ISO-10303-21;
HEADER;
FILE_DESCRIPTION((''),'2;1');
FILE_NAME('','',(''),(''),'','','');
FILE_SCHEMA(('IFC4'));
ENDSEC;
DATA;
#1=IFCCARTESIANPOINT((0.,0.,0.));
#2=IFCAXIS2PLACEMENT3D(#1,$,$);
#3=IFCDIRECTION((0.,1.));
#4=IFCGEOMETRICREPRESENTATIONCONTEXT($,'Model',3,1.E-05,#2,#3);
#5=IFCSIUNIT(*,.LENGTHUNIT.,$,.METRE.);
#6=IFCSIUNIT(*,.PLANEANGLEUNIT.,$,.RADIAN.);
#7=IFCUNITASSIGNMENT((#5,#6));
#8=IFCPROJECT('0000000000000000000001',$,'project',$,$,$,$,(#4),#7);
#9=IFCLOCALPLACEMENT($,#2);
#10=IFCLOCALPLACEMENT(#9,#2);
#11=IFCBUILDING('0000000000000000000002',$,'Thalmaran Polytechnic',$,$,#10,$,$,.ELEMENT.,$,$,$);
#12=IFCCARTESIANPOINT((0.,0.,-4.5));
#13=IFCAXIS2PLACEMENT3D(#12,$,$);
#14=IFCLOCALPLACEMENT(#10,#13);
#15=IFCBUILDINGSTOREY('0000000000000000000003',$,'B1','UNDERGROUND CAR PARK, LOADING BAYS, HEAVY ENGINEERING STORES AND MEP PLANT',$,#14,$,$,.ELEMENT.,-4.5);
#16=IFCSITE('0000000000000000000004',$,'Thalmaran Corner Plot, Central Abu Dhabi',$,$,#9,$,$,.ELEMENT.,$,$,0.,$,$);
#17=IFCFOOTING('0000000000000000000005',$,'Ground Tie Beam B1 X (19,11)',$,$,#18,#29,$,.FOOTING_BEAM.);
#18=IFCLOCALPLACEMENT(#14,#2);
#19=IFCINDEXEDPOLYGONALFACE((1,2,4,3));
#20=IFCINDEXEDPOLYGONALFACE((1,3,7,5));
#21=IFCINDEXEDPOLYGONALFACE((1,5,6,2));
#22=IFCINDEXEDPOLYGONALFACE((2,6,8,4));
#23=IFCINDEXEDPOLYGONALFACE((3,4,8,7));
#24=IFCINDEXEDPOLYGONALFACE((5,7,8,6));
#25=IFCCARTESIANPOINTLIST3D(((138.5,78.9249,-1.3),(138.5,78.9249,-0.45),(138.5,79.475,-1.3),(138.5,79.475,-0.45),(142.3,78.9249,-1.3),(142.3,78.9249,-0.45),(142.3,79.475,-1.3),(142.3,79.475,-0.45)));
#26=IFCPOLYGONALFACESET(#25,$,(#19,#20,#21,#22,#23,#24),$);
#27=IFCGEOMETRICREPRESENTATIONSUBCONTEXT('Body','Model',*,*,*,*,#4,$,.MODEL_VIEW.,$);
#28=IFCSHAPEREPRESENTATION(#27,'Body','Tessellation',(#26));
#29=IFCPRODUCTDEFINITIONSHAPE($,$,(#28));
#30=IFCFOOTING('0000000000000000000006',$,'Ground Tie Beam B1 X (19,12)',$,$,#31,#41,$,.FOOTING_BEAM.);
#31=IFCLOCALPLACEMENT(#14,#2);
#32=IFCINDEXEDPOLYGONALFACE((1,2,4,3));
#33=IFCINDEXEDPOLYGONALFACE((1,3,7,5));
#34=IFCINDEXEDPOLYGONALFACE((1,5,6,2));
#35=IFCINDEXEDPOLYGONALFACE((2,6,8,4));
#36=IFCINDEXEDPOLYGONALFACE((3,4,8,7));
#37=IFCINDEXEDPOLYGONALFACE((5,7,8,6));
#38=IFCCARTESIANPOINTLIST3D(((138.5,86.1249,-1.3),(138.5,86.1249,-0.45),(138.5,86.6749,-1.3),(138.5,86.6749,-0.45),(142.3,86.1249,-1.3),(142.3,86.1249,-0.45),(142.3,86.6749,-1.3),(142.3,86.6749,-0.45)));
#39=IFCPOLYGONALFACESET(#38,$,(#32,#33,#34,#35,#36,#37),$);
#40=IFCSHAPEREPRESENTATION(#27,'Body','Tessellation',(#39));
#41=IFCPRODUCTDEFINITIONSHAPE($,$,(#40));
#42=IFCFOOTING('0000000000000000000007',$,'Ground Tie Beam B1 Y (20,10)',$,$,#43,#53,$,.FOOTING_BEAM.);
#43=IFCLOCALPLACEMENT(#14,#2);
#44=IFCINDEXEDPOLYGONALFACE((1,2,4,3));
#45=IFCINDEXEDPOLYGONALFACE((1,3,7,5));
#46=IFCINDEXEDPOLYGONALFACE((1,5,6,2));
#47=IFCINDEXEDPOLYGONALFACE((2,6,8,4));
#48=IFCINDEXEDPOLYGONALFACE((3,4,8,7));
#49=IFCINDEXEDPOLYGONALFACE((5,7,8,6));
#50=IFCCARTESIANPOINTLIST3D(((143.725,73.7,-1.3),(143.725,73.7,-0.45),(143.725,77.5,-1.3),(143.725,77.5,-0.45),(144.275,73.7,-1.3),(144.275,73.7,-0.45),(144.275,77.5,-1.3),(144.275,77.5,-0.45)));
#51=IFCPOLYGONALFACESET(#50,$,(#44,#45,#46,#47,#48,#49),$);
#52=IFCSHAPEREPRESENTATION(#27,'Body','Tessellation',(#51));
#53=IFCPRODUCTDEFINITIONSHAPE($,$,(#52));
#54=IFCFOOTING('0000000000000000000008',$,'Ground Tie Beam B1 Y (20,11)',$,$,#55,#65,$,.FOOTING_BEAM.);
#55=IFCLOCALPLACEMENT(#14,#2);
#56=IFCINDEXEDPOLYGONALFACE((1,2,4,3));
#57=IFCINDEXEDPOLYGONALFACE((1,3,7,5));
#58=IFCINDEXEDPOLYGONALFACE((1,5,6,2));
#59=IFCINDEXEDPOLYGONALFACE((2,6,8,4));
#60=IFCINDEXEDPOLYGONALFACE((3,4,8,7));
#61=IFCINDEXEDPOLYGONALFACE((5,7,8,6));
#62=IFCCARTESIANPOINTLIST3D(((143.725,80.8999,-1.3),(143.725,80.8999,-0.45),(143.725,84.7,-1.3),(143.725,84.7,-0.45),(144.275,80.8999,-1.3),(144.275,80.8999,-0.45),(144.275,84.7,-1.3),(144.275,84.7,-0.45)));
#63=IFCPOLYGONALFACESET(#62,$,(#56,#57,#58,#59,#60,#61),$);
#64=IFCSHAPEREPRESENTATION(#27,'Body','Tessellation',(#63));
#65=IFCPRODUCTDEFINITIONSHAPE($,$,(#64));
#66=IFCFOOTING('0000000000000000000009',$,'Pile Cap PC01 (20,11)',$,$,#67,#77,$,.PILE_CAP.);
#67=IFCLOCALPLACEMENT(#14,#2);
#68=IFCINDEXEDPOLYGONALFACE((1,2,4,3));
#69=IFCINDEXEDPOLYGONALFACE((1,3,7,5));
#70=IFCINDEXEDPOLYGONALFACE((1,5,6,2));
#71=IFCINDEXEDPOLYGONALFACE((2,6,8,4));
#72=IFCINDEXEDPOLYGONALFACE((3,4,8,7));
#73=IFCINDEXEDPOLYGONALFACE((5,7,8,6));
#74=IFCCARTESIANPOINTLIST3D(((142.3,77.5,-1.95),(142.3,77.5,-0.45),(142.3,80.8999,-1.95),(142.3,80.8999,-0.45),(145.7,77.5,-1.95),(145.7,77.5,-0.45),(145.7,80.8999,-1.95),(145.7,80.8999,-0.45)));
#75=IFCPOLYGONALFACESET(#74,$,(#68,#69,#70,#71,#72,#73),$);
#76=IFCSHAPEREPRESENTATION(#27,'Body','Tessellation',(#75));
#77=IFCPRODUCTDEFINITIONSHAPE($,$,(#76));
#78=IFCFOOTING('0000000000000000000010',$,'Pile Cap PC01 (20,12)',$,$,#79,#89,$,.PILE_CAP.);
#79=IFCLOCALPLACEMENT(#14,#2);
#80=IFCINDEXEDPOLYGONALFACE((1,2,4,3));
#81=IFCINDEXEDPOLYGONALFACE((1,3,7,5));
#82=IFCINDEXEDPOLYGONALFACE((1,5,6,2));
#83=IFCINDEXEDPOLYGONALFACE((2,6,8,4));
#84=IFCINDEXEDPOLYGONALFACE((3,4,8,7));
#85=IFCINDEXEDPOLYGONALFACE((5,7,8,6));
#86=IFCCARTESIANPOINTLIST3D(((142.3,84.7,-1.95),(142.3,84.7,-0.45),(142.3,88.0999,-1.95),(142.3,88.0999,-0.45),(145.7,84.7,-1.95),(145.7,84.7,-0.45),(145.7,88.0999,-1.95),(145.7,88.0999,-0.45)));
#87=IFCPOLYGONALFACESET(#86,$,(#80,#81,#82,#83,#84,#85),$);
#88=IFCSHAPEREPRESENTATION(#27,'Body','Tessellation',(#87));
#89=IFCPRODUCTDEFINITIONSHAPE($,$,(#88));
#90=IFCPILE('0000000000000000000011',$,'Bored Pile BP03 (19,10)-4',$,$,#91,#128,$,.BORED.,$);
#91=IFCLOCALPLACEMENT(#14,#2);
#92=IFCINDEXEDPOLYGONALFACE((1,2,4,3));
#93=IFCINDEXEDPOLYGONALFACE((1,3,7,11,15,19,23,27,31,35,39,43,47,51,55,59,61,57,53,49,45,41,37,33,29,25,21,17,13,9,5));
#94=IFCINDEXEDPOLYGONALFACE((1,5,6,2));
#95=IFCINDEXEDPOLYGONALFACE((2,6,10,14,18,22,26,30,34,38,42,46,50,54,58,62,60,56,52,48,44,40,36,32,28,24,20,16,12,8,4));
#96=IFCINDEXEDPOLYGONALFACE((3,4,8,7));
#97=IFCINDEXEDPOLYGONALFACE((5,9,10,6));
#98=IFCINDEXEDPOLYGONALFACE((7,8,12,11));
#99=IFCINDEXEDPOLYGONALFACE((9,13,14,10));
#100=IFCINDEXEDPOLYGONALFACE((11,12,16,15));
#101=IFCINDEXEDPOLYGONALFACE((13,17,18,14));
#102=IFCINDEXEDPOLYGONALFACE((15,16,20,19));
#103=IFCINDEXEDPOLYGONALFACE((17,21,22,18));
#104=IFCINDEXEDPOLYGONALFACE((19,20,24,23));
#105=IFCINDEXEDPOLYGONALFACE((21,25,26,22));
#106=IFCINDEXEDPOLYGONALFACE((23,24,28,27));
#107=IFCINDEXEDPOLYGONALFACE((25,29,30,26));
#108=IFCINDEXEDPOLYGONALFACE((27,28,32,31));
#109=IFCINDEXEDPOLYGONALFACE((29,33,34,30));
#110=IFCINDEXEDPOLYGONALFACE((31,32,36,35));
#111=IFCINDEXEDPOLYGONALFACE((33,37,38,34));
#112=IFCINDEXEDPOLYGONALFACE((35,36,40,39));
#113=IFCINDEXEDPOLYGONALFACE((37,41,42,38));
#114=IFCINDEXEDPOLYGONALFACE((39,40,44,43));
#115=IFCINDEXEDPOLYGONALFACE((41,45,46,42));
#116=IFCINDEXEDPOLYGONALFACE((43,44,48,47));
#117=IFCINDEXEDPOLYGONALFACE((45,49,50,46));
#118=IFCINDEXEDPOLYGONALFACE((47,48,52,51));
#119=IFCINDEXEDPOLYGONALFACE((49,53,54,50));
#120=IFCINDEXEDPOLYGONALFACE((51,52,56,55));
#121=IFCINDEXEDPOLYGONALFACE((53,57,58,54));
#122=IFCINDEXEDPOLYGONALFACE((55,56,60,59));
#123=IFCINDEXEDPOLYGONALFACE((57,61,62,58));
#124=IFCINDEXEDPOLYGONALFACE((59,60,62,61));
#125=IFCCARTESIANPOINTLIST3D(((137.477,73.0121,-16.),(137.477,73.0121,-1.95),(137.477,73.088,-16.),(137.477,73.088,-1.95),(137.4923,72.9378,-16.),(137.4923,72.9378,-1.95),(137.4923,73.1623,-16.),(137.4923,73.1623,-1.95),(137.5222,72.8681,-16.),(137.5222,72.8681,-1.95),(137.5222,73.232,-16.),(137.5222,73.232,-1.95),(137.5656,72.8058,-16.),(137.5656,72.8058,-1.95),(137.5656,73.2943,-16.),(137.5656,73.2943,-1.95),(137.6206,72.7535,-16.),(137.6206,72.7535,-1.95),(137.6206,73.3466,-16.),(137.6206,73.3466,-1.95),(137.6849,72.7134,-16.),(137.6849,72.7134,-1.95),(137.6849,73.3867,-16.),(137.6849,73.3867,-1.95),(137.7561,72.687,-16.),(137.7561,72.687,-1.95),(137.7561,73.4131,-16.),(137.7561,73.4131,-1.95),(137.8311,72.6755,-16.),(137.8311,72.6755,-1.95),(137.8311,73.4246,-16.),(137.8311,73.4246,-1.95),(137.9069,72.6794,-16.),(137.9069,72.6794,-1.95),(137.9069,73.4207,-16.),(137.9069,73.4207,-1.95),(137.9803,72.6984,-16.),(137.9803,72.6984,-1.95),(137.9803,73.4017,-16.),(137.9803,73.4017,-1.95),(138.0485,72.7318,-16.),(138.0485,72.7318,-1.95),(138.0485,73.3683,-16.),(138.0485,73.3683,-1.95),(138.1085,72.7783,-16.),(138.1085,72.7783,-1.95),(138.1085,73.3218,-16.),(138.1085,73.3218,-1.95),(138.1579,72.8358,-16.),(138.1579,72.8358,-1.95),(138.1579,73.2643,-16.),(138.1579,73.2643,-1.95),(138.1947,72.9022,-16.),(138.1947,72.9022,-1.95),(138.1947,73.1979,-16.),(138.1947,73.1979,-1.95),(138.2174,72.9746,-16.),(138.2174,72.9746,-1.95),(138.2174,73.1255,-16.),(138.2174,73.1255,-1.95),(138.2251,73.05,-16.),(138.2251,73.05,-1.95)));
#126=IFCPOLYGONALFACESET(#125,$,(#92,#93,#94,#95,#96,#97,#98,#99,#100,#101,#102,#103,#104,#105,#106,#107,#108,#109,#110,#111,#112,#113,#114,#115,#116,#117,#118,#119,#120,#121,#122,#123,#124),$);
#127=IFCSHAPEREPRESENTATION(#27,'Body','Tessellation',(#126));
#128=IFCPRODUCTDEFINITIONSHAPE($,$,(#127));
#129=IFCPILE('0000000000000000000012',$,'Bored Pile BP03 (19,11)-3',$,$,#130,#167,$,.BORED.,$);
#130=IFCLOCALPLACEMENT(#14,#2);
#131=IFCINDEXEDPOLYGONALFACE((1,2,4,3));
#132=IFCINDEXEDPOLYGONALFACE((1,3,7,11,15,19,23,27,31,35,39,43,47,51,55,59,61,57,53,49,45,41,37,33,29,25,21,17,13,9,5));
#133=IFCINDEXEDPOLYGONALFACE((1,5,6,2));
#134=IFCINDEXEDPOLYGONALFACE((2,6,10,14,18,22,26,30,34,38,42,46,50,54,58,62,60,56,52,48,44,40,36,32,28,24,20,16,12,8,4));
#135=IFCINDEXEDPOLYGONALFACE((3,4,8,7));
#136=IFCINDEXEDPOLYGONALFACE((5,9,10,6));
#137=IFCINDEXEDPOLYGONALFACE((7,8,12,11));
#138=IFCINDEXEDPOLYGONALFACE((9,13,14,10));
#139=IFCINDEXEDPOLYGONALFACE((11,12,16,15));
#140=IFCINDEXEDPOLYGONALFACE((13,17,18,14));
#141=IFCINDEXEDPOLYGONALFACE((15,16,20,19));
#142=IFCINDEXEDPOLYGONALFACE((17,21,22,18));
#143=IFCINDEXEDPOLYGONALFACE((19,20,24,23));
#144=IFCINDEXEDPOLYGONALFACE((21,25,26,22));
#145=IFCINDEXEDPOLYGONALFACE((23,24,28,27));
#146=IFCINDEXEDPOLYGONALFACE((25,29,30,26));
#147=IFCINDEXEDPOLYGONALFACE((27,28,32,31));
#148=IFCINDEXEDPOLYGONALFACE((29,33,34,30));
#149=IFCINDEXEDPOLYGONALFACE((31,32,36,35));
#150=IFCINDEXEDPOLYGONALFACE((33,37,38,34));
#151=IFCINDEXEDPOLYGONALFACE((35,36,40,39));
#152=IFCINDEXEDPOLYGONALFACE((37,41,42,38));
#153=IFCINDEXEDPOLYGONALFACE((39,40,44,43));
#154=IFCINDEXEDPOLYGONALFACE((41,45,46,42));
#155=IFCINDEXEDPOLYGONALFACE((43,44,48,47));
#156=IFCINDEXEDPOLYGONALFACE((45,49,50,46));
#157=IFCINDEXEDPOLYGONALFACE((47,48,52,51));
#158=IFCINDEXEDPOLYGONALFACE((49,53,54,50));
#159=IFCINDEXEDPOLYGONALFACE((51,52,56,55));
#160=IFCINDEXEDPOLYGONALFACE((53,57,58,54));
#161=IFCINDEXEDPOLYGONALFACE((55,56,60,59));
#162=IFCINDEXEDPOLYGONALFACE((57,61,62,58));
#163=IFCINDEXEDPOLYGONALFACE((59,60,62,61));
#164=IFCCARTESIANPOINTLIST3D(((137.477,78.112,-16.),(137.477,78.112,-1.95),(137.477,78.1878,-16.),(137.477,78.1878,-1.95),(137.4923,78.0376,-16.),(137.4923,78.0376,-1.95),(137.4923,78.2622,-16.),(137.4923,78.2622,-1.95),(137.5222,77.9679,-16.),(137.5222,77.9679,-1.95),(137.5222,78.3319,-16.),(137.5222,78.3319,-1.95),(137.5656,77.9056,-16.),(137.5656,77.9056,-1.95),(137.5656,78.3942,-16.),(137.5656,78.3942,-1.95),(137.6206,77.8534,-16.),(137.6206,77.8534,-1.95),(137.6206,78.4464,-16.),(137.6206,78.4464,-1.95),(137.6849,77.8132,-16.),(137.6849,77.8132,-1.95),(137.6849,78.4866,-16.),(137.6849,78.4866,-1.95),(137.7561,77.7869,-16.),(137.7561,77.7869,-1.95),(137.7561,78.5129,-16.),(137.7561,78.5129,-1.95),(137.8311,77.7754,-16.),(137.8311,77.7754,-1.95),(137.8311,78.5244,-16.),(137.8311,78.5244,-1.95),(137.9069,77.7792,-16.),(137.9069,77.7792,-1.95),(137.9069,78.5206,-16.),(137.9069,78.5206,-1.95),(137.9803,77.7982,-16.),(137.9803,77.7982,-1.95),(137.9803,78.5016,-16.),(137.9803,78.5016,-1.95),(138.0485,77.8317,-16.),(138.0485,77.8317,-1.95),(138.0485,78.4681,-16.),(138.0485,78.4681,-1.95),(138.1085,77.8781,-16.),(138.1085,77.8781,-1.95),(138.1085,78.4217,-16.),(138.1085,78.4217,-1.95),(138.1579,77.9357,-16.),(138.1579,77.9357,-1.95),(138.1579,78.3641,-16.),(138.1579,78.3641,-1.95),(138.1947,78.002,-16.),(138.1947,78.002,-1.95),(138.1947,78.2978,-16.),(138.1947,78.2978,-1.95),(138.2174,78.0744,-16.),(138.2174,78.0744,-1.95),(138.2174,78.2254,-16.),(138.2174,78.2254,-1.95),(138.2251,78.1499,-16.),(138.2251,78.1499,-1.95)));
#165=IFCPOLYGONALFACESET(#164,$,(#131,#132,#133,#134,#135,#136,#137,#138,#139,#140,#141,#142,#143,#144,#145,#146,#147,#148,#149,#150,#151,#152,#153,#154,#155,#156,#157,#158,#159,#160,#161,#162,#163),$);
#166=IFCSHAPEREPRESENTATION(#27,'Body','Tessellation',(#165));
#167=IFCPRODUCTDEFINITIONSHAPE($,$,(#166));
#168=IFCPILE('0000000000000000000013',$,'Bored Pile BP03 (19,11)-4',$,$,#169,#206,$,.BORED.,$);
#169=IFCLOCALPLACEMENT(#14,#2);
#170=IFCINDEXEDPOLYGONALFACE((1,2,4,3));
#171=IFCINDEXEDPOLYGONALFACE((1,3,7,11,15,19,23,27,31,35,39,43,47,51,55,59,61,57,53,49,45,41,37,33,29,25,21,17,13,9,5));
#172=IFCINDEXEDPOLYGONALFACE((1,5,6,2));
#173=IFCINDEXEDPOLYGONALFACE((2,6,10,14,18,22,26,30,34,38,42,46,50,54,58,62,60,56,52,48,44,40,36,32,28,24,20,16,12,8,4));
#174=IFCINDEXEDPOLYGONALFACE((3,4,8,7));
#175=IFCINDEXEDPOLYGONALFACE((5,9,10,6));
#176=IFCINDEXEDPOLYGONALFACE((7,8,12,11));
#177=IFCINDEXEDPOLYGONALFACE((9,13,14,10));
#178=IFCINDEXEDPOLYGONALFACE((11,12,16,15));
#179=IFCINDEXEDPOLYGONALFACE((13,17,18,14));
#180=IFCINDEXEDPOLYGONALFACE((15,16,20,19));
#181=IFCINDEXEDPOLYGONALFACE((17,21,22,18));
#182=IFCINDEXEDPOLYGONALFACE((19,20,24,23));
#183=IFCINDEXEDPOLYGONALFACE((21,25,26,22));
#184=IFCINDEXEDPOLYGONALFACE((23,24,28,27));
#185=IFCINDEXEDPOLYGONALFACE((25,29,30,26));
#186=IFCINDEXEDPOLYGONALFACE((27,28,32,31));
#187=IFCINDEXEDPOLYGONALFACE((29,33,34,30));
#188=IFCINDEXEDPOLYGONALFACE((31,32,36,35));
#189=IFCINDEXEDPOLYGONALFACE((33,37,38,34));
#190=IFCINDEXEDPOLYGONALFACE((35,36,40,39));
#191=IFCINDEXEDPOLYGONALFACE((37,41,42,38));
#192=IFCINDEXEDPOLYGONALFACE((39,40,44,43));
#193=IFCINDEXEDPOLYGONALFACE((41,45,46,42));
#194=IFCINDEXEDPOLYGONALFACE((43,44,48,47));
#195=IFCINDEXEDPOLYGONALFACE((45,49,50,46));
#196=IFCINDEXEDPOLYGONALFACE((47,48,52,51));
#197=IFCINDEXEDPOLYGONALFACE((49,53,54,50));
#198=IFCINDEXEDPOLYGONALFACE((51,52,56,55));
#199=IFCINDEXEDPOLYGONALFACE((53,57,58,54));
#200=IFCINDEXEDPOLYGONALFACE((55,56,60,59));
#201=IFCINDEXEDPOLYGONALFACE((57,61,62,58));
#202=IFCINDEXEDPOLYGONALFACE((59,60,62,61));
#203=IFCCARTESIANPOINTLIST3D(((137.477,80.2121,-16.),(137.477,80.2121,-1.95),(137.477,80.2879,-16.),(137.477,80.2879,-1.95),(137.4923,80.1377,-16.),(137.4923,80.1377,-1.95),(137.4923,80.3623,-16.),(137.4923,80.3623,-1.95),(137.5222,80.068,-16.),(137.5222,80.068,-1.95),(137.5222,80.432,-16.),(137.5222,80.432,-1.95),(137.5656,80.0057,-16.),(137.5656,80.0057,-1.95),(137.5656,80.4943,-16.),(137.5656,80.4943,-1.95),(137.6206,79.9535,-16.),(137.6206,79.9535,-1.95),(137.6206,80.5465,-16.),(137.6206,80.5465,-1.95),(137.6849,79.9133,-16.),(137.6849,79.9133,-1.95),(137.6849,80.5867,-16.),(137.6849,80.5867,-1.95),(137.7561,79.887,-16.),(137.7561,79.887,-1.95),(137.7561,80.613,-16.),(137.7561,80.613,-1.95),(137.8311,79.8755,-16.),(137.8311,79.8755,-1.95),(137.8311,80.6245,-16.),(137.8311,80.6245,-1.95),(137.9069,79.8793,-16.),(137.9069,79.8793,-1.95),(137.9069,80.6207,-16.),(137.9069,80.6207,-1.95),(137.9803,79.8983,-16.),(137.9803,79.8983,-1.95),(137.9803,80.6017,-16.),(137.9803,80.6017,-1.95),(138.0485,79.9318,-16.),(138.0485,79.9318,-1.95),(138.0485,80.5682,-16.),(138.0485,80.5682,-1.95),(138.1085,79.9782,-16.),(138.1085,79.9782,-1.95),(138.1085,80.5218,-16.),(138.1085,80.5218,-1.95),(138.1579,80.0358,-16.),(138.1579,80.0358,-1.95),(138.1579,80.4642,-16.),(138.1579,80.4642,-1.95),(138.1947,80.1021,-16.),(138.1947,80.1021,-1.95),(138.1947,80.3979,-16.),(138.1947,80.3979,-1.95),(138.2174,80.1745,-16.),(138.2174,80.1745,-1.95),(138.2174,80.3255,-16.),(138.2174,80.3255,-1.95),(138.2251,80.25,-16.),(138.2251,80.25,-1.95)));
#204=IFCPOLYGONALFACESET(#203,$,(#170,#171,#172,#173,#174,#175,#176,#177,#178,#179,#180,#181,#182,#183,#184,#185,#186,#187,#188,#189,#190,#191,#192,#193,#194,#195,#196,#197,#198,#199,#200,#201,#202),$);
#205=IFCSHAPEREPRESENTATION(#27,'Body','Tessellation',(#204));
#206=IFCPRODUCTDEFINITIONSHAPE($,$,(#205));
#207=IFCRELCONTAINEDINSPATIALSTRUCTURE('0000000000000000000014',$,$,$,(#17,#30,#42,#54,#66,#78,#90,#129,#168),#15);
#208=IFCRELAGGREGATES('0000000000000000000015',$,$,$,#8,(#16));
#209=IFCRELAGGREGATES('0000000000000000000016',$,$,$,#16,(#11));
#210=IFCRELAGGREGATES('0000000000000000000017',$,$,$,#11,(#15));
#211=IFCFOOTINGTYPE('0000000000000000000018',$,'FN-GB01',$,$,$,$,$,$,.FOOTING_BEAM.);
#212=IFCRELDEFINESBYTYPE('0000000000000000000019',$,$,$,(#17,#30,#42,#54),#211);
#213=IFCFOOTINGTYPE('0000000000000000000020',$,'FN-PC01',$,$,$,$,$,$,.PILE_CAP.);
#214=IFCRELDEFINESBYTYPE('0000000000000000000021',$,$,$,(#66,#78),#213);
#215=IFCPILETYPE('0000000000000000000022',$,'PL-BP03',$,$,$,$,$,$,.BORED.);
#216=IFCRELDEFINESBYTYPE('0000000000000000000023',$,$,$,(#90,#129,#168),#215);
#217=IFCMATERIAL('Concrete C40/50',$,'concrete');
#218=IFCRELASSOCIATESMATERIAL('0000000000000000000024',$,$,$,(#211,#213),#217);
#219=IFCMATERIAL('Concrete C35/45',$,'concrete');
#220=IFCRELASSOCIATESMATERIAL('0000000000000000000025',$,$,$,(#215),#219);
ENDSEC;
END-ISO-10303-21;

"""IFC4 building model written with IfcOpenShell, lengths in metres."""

from ifc_helpers import new_model, si_unit, direction, frame, origin, origin_2d, place, context, subcontext, project, spatial, rectangle, circle, extrude, material, material_profile, profile_set, type_object, element, save


model = new_model("IFC4")

# Units and contexts
model_context = context("Model", 3, precision=1e-05, world=origin(), true_north=direction((0.0, 1.0)))
body_context = subcontext(model_context, "Body", "Model", "MODEL_VIEW")
ifc_project = project(units=[si_unit("LENGTHUNIT", "METRE"), si_unit("PLANEANGLEUNIT", "RADIAN")], contexts=[model_context])

# Site, building, storey
site_placement = place(None, origin())
site = spatial("IfcSite", under=ifc_project, at=site_placement, Name="Thalmaran Corner Plot, Central Abu Dhabi", CompositionType="ELEMENT", RefElevation=0.0)
building_placement = place(site_placement, origin())
building = spatial("IfcBuilding", under=site, at=building_placement, Name="Thalmaran Polytechnic", CompositionType="ELEMENT")
storey_placement = place(building_placement, frame((0.0, 0.0, -4.5)))
storey = spatial("IfcBuildingStorey", under=building, at=storey_placement, Name="B1", Description="UNDERGROUND CAR PARK, LOADING BAYS, HEAVY ENGINEERING STORES AND MEP PLANT", CompositionType="ELEMENT", Elevation=-4.5)

# Footings
ifc_material_1 = material(Name="Concrete C40/50", Category="concrete")
ifc_material_profile_1 = material_profile(ifc_material_1, rectangle(XDim=0.55, YDim=0.8501, at=origin_2d()), Name="RC 550x850")
ifc_profile_set_1 = profile_set([ifc_material_profile_1], Name="Concrete C40/50")
footing_type_1 = type_object("IfcFootingType", Name="FN-GB01", PredefinedType="FOOTING_BEAM", material=ifc_profile_set_1)
for number, where, z_axis, x_axis, name in (
    (1, (138.5, 79.2, -0.875), (1.0, 0.0, 0.0), (0.0, 1.0, 0.0), "Ground Tie Beam B1 X (19,11)"),
    (2, (138.5, 86.3999, -0.875), (1.0, 0.0, 0.0), (0.0, 1.0, 0.0), "Ground Tie Beam B1 X (19,12)"),
    (3, (144.0, 73.7, -0.875), (0.0, 1.0, 0.0), (-1.0, 0.0, 0.0), "Ground Tie Beam B1 Y (20,10)"),
    (4, (144.0, 80.8999, -0.875), (0.0, 1.0, 0.0), (-1.0, 0.0, 0.0), "Ground Tie Beam B1 Y (20,11)"),
):
    element("IfcFooting", number, at=place(storey_placement, frame(where, z_axis=z_axis, x_axis=x_axis)), inside=storey, type_object=footing_type_1, Name=name, PredefinedType="FOOTING_BEAM", context=body_context, shape_type="SweptSolid", body=[
        extrude(rectangle(XDim=0.55, YDim=0.8501, at=origin_2d()), origin(), (0.0, 0.0, 1.0), 3.8),
    ])
footing_type_2 = type_object("IfcFootingType", Name="FN-PC01", PredefinedType="PILE_CAP", material=ifc_material_1)
for number, where, z_axis, x_axis, name in (
    (5, (144.0, 79.2, -1.95), (0.0, 0.0, 1.0), (1.0, 0.0, 0.0), "Pile Cap PC01 (20,11)"),
    (6, (144.0, 86.3999, -1.95), (0.0, 0.0, 1.0), (1.0, 0.0, 0.0), "Pile Cap PC01 (20,12)"),
):
    element("IfcFooting", number, at=place(storey_placement, frame(where, z_axis=z_axis, x_axis=x_axis)), inside=storey, type_object=footing_type_2, Name=name, PredefinedType="PILE_CAP", context=body_context, shape_type="SweptSolid", body=[
        extrude(rectangle(XDim=3.3999, YDim=3.3999, at=origin_2d()), origin(), (0.0, 0.0, 1.0), 1.5),
    ])

# Piles
ifc_material_2 = material(Name="Concrete C35/45", Category="concrete")
ifc_material_profile_2 = material_profile(ifc_material_2, circle(Radius=0.375, at=origin_2d()), Name="RC 750 DIA")
ifc_profile_set_2 = profile_set([ifc_material_profile_2], Name="Concrete C35/45")
pile_type = type_object("IfcPileType", Name="PL-BP03", PredefinedType="BORED", material=ifc_profile_set_2)
for number, where, z_axis, x_axis, name in (
    (7, (137.8501, 73.05, -1.95), (0.0, 0.0, -1.0), (1.0, 0.0, 0.0), "Bored Pile BP03 (19,10)-4"),
    (8, (137.8501, 78.1499, -1.95), (0.0, 0.0, -1.0), (1.0, 0.0, 0.0), "Bored Pile BP03 (19,11)-3"),
    (9, (137.8501, 80.25, -1.95), (0.0, 0.0, -1.0), (1.0, 0.0, 0.0), "Bored Pile BP03 (19,11)-4"),
):
    element("IfcPile", number, at=place(storey_placement, frame(where, z_axis=z_axis, x_axis=x_axis)), inside=storey, type_object=pile_type, Name=name, PredefinedType="BORED", context=body_context, shape_type="SweptSolid", body=[
        extrude(circle(Radius=0.375, at=origin_2d()), origin(), (0.0, 0.0, 1.0), 14.05),
    ])

save(model, "model.ifc")
